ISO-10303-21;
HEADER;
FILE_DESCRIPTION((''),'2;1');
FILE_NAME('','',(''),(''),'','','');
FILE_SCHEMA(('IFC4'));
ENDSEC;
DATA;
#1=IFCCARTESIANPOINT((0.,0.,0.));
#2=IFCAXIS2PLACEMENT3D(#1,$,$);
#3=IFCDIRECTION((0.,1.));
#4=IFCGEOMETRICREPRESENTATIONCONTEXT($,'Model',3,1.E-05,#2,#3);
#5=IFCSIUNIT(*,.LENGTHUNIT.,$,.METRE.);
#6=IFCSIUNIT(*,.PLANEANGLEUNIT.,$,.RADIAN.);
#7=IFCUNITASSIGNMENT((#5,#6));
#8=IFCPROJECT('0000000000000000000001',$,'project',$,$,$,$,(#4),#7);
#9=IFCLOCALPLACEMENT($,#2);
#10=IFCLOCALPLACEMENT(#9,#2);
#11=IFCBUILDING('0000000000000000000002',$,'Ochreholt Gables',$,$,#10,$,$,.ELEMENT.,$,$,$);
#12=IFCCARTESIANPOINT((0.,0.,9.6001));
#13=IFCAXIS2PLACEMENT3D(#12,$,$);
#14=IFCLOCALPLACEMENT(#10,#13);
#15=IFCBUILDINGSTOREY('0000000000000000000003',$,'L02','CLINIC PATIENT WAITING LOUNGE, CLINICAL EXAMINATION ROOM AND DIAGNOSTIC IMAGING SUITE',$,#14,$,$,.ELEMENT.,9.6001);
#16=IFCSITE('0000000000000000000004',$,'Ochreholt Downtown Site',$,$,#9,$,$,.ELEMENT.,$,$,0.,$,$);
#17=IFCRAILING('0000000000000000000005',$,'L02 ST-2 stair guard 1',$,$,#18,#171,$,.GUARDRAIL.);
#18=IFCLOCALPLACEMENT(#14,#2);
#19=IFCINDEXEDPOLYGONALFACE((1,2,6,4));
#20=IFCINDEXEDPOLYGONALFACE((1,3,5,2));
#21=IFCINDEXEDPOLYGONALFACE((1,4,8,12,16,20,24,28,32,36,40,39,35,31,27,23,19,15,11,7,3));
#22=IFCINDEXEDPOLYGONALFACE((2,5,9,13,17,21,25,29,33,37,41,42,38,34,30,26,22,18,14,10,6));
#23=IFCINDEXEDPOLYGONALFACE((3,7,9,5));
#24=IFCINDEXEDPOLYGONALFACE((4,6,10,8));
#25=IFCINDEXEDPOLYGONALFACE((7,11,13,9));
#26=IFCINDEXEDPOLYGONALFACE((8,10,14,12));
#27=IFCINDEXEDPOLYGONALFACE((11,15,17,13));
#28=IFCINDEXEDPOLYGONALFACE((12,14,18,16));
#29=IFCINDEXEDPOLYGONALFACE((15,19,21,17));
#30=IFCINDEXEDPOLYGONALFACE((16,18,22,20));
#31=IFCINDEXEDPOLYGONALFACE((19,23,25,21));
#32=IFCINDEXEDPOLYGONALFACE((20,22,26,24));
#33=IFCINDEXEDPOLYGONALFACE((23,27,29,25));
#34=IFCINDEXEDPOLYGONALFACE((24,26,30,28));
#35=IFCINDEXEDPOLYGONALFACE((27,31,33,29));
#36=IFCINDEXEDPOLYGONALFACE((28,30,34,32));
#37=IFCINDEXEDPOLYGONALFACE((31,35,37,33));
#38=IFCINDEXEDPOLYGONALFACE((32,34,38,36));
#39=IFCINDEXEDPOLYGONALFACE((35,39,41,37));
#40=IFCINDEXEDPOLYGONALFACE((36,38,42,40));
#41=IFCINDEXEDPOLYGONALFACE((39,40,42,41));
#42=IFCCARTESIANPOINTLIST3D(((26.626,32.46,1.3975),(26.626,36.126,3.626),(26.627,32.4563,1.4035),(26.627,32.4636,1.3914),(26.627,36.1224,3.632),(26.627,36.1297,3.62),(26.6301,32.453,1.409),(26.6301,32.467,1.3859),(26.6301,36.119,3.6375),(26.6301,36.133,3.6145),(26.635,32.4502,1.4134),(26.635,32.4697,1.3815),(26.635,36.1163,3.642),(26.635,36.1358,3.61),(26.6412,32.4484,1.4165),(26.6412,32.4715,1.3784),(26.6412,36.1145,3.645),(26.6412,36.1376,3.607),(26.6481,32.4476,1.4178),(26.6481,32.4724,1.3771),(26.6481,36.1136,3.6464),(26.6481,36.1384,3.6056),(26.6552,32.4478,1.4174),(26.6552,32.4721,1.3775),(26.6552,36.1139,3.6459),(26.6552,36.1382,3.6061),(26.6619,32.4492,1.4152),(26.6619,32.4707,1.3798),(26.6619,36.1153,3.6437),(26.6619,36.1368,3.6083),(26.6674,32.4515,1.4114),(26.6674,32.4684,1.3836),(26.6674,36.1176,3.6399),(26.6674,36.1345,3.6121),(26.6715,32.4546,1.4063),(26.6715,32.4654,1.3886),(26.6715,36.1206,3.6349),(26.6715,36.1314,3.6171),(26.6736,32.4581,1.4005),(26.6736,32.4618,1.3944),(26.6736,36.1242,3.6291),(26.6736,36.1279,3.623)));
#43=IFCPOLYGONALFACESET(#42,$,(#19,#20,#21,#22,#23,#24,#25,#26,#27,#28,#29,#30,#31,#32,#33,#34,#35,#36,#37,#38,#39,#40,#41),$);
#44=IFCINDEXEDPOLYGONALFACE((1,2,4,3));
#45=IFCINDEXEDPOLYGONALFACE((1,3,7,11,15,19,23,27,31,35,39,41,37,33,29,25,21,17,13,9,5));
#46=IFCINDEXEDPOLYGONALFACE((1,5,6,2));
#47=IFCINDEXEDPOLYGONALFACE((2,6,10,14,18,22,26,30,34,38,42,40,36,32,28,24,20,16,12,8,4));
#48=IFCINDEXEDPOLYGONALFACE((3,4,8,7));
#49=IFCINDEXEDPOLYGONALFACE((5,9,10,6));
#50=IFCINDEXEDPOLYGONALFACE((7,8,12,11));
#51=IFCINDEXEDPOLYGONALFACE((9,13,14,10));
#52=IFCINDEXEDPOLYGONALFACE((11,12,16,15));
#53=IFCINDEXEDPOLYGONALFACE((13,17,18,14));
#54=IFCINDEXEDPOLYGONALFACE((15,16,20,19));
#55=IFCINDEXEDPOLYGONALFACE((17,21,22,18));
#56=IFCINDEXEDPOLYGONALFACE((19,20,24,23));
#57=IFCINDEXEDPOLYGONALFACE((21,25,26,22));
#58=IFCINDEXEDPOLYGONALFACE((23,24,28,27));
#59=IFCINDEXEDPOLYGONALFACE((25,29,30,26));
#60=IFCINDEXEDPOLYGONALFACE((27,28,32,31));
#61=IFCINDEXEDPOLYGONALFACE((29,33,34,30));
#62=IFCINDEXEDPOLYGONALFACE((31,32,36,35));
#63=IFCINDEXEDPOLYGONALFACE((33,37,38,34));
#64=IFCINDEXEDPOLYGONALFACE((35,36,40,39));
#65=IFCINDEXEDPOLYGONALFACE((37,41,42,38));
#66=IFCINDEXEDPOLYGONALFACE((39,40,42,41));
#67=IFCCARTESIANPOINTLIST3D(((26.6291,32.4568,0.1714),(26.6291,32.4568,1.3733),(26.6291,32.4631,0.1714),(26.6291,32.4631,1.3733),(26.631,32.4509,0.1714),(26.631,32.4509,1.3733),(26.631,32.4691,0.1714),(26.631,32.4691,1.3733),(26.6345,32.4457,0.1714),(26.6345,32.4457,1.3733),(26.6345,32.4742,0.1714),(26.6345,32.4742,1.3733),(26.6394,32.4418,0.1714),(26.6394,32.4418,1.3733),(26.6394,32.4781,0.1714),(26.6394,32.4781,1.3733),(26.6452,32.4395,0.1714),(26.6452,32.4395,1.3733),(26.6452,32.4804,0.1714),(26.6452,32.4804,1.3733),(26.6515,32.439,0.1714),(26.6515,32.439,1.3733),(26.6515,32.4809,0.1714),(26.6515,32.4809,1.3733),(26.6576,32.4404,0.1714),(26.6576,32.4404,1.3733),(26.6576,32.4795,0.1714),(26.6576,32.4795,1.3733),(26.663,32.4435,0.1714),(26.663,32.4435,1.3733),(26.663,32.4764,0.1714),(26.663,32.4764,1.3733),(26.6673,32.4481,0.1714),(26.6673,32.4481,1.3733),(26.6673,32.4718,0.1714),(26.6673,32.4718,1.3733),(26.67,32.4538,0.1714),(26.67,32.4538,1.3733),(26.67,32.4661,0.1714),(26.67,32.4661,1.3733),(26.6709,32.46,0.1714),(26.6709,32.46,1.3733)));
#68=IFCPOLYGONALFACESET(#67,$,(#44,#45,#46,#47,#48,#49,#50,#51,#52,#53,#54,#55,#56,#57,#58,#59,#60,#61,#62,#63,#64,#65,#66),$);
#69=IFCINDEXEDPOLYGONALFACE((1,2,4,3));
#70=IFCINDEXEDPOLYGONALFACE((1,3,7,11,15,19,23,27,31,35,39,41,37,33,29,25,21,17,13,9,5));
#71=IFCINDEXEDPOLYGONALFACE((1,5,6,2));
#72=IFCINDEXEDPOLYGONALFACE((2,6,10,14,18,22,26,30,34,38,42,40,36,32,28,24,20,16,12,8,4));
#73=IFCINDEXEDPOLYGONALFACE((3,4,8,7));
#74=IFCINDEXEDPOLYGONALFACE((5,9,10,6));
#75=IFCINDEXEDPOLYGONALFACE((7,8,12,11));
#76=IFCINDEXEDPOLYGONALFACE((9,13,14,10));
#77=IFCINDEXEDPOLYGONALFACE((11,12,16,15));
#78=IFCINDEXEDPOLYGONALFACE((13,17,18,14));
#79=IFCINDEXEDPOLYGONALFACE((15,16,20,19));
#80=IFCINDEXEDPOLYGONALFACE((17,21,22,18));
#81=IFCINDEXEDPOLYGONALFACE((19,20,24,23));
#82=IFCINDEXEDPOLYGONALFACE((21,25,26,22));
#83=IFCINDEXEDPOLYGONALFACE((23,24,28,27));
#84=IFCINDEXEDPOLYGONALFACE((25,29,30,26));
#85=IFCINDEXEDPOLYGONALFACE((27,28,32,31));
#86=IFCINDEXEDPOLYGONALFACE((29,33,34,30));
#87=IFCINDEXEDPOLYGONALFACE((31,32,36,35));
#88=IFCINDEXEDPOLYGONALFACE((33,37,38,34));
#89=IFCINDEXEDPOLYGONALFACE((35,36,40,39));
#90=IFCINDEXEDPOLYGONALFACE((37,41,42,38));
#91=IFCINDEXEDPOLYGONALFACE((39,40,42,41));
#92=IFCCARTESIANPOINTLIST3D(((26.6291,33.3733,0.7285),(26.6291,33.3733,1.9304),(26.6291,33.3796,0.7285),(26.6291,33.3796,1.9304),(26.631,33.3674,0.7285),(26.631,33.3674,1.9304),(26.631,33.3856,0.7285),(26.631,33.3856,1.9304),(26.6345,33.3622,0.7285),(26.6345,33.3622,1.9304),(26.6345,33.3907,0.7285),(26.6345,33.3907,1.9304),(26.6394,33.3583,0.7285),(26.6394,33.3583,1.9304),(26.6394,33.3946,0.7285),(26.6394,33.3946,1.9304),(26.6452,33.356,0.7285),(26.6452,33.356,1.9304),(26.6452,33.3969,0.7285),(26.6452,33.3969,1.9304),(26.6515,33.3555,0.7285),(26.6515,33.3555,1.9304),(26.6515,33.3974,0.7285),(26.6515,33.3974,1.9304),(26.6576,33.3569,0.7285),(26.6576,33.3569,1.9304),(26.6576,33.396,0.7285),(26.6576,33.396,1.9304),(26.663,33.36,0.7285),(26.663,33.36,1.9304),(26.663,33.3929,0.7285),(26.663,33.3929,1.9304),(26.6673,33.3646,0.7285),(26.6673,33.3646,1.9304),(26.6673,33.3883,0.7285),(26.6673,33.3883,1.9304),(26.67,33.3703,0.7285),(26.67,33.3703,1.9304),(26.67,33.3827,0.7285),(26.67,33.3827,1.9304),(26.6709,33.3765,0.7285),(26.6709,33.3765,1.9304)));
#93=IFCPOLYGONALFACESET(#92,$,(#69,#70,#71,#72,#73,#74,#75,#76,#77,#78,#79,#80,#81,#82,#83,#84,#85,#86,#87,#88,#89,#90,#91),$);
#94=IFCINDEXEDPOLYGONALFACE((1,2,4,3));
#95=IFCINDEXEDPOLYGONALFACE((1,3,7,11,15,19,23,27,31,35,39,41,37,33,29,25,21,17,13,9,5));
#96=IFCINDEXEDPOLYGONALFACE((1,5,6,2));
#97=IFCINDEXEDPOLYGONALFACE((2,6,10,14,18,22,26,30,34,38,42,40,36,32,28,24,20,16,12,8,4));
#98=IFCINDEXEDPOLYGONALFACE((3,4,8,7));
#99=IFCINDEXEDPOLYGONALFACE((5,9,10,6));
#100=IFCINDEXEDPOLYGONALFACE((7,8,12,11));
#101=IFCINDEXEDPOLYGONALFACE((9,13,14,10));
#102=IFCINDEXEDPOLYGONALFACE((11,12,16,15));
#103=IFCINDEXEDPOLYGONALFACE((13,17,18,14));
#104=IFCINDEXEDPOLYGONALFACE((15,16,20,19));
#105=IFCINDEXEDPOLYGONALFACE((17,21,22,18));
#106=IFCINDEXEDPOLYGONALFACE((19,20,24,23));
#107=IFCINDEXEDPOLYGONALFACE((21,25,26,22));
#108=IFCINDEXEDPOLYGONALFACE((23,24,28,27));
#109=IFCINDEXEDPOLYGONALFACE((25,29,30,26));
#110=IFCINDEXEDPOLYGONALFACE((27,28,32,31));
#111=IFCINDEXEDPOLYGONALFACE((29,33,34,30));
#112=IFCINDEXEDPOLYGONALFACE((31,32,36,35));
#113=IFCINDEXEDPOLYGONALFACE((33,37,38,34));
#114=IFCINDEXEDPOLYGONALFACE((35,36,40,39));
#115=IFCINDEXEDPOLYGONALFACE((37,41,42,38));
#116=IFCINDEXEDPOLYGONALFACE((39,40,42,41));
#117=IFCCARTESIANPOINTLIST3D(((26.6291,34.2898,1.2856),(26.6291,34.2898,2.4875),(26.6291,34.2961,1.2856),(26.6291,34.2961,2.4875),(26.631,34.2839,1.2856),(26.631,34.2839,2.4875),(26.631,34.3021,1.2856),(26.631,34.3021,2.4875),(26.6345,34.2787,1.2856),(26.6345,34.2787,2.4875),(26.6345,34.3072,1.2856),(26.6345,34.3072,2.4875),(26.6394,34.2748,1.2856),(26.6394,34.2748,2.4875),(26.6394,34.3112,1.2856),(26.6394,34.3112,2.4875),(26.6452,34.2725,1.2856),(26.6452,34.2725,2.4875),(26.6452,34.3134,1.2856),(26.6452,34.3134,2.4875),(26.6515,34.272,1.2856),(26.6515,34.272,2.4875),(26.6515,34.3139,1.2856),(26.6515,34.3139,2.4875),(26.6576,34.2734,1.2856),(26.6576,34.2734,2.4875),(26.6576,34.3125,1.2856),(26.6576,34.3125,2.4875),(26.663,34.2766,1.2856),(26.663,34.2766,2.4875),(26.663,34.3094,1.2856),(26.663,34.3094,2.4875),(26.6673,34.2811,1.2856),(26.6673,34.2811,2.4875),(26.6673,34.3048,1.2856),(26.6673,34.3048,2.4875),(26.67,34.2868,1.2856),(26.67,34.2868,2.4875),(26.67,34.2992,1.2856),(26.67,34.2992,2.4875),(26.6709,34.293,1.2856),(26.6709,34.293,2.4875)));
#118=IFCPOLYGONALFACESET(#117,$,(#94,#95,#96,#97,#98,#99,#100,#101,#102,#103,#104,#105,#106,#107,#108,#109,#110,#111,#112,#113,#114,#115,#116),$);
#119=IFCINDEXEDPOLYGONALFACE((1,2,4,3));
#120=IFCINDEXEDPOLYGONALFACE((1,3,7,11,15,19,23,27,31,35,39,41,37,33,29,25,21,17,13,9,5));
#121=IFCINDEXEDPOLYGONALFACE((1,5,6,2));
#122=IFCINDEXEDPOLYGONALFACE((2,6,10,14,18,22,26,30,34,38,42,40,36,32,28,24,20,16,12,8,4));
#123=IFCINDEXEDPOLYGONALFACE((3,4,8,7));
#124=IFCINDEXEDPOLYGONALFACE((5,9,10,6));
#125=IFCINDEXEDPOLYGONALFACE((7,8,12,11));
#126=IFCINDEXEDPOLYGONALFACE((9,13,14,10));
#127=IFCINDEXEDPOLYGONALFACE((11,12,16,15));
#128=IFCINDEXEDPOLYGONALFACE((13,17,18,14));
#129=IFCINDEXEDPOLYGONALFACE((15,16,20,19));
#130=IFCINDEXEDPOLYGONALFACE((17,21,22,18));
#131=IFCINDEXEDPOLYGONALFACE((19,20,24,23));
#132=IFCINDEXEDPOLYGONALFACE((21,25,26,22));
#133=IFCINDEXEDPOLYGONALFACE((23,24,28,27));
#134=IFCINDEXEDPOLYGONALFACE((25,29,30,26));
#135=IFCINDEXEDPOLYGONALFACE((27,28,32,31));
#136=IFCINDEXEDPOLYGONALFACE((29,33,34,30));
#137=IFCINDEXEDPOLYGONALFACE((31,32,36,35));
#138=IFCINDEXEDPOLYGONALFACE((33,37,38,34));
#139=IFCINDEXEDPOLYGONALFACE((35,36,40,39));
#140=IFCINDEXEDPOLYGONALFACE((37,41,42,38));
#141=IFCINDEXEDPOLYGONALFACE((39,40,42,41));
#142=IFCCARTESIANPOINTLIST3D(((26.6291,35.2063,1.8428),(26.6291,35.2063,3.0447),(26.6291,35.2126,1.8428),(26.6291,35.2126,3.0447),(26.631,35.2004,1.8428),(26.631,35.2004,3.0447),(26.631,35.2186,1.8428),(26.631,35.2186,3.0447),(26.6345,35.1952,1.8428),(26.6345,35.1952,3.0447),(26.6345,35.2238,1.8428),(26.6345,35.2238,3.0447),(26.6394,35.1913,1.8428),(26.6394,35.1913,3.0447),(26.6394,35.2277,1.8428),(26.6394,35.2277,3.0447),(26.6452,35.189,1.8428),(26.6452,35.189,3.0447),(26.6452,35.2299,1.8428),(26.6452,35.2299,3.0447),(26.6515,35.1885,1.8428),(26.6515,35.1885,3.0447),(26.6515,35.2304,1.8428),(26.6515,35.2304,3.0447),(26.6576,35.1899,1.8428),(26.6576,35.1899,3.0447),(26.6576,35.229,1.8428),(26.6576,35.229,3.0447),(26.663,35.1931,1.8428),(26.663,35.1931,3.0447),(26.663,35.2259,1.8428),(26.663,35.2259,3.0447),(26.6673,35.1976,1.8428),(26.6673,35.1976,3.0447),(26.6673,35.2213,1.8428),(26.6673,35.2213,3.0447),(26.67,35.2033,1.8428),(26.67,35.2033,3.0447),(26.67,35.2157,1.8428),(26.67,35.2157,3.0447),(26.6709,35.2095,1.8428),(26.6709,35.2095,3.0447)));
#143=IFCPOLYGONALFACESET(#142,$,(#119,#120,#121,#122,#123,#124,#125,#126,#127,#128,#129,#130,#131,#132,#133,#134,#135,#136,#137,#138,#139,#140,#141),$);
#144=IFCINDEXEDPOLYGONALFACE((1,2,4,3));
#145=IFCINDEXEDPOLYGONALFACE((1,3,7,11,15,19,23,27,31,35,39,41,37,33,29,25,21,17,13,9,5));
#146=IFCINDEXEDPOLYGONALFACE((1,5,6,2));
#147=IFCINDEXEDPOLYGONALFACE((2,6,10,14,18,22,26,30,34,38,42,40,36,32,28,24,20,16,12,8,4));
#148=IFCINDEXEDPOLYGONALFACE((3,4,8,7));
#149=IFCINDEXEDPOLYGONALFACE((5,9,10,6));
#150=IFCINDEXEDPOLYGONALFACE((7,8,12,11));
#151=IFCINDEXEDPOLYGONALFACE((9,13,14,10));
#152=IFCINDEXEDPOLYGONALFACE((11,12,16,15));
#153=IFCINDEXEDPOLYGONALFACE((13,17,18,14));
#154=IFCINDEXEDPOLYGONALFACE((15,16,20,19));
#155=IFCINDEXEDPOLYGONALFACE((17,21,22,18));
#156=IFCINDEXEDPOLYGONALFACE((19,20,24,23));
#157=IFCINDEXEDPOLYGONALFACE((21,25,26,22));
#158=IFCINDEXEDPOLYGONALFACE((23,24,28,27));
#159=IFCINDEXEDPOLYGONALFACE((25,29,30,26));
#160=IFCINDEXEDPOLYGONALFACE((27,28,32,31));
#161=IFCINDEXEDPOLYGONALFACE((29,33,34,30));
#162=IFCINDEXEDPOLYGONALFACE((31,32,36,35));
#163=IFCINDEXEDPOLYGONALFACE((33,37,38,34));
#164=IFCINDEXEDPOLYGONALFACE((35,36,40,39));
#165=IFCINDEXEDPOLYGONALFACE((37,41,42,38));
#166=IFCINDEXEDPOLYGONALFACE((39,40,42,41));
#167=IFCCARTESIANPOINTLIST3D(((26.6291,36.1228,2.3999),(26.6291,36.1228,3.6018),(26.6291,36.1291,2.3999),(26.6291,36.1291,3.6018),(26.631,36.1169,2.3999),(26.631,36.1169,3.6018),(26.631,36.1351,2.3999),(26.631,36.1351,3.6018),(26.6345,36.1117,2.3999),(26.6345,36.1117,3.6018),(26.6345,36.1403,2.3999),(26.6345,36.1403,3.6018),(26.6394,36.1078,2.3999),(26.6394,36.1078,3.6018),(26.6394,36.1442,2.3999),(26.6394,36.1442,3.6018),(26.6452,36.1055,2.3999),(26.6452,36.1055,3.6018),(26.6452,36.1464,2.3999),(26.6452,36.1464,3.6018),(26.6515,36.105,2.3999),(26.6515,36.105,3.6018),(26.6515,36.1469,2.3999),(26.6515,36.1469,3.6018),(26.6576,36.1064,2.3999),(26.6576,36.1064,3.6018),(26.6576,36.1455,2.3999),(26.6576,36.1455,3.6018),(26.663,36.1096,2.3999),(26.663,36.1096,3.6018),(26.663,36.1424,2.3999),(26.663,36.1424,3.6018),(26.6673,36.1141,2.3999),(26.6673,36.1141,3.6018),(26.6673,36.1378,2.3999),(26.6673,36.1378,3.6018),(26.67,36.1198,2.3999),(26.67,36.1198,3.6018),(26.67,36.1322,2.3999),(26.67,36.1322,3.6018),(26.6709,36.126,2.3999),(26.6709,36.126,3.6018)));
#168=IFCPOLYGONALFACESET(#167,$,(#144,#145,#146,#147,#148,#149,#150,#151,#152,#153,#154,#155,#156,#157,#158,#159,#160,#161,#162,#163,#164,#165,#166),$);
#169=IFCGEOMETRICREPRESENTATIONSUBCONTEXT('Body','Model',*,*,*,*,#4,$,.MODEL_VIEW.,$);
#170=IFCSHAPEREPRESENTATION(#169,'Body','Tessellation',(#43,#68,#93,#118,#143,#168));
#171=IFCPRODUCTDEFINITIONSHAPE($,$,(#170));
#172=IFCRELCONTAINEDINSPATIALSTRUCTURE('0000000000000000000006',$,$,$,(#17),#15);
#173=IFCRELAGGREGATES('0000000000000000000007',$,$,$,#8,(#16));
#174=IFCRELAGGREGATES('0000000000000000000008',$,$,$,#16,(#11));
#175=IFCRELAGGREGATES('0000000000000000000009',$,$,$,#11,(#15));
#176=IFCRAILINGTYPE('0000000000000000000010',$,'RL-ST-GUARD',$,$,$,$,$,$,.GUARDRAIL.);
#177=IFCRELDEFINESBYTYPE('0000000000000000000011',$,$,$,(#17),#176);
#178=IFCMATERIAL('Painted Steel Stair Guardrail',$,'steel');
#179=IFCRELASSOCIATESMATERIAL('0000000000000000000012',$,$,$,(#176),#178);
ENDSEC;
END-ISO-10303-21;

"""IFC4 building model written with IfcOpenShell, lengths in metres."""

from ifc_helpers import new_model, si_unit, direction, frame, origin, origin_2d, place, context, subcontext, project, spatial, circle, extrude, material, type_object, element, save


model = new_model("IFC4")

# Units and contexts
model_context = context("Model", 3, precision=1e-05, world=origin(), true_north=direction((0.0, 1.0)))
body_context = subcontext(model_context, "Body", "Model", "MODEL_VIEW")
ifc_project = project(units=[si_unit("LENGTHUNIT", "METRE"), si_unit("PLANEANGLEUNIT", "RADIAN")], contexts=[model_context])

# Site, building, storey
site_placement = place(None, origin())
site = spatial("IfcSite", under=ifc_project, at=site_placement, Name="Ochreholt Downtown Site", CompositionType="ELEMENT", RefElevation=0.0)
building_placement = place(site_placement, origin())
building = spatial("IfcBuilding", under=site, at=building_placement, Name="Ochreholt Gables", CompositionType="ELEMENT")
storey_placement = place(building_placement, frame((0.0, 0.0, 9.6001)))
storey = spatial("IfcBuildingStorey", under=building, at=storey_placement, Name="L02", Description="CLINIC PATIENT WAITING LOUNGE, CLINICAL EXAMINATION ROOM AND DIAGNOSTIC IMAGING SUITE", CompositionType="ELEMENT", Elevation=9.6001)

# Railing
ifc_material_1 = material(Name="Painted Steel Stair Guardrail", Category="steel")
railing_type = type_object("IfcRailingType", Name="RL-ST-GUARD", PredefinedType="GUARDRAIL", material=ifc_material_1)
railing_1_placement = place(storey_placement, frame((26.6499, 32.46, 0.1714)))
element("IfcRailing", 1, at=railing_1_placement, inside=storey, type_object=railing_type, Name="L02 ST-2 stair guard 1", PredefinedType="GUARDRAIL", context=body_context, shape_type="SweptSolid", body=[
    extrude(circle(Radius=0.0239, at=origin_2d()), frame((0.0, 0.0, 1.2261), z_axis=(0.0, 0.854506, 0.519441), x_axis=(-1.0, 0.0, 0.0)), (0.0, 0.0, 1.0), 4.2903),
    extrude(circle(Radius=0.021, at=origin_2d()), origin(), (0.0, 0.0, 1.0), 1.2019),
    extrude(circle(Radius=0.021, at=origin_2d()), frame((0.0, 0.9165, 0.5571)), (0.0, 0.0, 1.0), 1.2019),
    extrude(circle(Radius=0.021, at=origin_2d()), frame((0.0, 1.833, 1.1143)), (0.0, 0.0, 1.0), 1.2019),
    extrude(circle(Radius=0.021, at=origin_2d()), frame((0.0, 2.7495, 1.6714)), (0.0, 0.0, 1.0), 1.2019),
    extrude(circle(Radius=0.021, at=origin_2d()), frame((0.0, 3.666, 2.2285)), (0.0, 0.0, 1.0), 1.2019),
])

save(model, "model.ifc")
